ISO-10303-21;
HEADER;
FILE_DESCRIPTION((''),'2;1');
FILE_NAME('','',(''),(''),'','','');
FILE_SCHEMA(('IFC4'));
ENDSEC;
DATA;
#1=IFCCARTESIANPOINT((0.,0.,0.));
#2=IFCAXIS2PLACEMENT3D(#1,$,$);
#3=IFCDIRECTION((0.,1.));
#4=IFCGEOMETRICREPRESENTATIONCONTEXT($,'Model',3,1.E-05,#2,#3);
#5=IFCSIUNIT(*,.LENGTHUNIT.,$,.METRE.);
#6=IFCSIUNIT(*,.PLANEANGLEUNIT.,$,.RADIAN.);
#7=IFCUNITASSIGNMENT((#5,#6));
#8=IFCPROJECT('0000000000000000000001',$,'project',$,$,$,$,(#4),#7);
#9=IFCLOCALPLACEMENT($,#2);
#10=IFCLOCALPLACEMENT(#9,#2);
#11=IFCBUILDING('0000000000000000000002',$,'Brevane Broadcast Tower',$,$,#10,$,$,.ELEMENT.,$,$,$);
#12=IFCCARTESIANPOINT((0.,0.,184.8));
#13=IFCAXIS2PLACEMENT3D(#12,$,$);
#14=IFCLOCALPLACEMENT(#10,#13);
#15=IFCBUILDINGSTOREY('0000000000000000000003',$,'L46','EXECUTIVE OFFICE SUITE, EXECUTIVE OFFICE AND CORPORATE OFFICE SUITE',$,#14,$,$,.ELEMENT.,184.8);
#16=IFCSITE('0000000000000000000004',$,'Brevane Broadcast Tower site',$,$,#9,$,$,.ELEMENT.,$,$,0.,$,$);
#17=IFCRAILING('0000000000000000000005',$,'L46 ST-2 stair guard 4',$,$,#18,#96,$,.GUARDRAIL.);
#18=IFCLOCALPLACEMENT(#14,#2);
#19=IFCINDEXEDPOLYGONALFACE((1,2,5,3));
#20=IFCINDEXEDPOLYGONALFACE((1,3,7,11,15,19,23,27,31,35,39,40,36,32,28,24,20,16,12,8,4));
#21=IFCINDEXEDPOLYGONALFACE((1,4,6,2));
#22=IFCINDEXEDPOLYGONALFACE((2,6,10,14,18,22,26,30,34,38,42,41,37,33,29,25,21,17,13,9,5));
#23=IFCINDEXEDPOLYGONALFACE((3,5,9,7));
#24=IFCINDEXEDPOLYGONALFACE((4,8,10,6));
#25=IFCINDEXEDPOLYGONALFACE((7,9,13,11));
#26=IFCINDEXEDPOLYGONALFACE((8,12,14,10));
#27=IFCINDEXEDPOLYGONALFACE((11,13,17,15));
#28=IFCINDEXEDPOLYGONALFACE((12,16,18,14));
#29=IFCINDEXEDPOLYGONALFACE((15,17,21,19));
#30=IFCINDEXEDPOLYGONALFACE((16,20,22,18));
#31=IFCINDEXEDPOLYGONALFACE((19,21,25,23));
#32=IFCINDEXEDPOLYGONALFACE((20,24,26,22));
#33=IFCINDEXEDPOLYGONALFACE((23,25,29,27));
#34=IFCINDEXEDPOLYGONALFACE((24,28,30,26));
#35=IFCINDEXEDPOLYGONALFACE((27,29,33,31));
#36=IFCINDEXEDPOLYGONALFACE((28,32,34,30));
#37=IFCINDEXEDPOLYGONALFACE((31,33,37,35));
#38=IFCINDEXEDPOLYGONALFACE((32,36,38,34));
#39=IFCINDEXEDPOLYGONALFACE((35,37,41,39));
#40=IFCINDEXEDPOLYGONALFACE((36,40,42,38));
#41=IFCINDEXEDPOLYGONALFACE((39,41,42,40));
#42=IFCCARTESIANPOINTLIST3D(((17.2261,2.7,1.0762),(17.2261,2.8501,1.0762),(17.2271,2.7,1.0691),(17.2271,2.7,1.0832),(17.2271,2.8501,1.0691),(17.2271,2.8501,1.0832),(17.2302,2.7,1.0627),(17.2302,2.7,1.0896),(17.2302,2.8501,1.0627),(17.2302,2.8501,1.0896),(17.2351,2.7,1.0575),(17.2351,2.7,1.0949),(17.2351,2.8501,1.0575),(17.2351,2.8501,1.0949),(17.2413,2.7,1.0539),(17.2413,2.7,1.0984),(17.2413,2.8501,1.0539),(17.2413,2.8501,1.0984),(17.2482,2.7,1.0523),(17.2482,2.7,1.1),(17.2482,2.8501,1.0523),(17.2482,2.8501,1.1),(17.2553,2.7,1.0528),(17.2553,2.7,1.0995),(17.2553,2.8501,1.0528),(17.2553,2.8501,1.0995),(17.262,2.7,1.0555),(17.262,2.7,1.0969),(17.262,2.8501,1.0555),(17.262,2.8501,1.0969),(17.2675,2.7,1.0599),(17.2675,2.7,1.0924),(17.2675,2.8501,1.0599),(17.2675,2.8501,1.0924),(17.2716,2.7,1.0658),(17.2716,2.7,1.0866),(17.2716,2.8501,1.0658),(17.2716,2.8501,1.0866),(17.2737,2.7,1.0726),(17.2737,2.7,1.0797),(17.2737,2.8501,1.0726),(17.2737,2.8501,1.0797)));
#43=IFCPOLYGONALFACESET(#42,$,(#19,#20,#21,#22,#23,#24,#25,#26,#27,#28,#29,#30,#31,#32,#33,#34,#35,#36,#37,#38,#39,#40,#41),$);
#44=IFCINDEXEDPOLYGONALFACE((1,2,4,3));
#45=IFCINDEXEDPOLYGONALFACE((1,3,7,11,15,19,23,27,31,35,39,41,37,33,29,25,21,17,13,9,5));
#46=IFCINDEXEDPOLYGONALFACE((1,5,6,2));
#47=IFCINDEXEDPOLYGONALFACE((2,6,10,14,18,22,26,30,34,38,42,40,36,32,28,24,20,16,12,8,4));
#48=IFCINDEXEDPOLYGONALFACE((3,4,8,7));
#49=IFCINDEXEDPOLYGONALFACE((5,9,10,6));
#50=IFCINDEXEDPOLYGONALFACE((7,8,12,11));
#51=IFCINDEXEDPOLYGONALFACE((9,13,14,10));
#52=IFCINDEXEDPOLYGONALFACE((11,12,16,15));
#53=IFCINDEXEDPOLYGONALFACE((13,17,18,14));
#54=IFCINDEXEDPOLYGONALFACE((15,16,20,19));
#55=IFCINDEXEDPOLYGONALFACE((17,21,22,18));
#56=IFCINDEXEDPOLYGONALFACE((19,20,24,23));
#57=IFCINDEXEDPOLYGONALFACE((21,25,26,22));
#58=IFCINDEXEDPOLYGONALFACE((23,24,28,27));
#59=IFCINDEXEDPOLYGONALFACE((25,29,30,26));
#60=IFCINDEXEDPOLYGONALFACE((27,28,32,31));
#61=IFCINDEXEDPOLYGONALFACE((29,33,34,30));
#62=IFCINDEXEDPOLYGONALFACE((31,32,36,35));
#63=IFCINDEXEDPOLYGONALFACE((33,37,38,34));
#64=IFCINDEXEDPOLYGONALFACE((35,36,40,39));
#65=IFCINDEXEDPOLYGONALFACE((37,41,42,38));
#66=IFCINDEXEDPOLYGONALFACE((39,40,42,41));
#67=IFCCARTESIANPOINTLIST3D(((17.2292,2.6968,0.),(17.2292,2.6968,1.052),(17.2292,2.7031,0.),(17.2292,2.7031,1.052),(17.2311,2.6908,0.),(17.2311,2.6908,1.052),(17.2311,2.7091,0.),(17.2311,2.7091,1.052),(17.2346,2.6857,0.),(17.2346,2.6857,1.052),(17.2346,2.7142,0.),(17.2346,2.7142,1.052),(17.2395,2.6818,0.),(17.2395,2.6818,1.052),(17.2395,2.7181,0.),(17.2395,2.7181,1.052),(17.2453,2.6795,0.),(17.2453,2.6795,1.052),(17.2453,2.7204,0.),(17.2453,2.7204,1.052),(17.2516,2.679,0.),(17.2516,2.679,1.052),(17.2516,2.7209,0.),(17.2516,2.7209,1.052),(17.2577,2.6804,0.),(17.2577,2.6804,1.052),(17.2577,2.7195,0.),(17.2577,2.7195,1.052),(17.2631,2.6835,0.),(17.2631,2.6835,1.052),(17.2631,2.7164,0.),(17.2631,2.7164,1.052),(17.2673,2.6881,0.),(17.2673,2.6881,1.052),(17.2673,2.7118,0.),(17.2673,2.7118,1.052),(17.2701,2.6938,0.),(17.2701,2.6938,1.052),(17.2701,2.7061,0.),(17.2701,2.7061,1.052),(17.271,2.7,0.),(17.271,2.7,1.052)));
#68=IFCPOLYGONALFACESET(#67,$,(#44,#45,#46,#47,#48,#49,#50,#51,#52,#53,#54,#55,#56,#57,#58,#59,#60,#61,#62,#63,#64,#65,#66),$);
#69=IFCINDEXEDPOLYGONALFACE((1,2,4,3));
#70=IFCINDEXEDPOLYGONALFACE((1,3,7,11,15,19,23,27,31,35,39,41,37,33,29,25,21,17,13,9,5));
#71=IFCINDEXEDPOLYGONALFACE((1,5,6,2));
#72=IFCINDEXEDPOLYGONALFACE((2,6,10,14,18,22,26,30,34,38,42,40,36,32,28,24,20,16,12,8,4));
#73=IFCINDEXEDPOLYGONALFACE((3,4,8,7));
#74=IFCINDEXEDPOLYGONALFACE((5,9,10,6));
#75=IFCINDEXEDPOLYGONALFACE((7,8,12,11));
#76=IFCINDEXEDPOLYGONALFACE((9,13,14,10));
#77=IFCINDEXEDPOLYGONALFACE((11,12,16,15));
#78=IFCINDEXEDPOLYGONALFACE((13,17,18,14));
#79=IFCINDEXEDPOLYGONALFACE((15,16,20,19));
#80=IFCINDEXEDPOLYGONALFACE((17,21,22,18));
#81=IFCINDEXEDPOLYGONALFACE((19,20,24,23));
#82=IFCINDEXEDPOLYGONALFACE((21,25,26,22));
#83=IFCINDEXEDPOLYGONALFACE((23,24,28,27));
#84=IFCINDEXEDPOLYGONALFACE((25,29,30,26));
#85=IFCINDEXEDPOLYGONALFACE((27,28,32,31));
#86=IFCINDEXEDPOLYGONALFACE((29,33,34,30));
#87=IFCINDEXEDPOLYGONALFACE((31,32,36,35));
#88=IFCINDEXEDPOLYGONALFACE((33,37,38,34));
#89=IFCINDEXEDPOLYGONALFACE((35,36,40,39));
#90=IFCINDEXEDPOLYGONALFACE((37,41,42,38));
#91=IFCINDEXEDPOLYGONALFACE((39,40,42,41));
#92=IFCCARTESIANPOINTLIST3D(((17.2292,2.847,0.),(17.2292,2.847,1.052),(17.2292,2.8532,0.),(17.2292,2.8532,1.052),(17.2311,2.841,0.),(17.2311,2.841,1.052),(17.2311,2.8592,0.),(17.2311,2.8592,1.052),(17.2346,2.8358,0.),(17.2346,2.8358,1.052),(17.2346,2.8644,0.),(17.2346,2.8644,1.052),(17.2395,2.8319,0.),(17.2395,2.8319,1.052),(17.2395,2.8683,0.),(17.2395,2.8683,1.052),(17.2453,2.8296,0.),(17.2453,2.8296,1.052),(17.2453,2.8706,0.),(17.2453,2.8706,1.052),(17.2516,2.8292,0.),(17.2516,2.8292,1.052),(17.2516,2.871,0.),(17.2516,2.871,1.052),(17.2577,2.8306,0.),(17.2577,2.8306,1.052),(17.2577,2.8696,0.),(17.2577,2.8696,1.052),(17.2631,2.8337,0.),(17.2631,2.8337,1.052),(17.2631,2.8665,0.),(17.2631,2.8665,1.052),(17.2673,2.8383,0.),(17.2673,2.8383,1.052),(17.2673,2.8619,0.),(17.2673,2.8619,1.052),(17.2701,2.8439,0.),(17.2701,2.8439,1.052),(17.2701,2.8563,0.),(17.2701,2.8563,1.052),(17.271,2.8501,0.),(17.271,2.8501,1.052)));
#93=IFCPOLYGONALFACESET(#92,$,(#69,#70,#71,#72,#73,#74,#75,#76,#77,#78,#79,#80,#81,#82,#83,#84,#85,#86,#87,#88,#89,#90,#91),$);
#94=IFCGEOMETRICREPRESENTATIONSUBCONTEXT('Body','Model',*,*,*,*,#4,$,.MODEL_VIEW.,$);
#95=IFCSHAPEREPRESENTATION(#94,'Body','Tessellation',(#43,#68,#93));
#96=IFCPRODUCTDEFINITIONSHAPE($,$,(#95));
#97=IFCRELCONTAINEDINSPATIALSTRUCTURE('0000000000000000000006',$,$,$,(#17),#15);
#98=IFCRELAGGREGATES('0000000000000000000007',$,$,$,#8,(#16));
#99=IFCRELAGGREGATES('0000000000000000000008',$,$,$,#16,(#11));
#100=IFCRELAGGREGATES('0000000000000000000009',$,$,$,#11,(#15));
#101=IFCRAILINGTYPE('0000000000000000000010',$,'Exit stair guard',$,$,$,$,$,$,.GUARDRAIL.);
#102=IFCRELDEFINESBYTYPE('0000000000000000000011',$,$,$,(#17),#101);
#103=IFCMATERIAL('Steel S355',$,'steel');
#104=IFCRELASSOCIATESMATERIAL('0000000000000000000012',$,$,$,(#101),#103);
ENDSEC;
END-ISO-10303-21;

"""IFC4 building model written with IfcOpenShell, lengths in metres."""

from ifc_helpers import new_model, si_unit, direction, frame, origin, origin_2d, place, context, subcontext, project, spatial, circle, extrude, material, type_object, element, save


model = new_model("IFC4")

# Units and contexts
model_context = context("Model", 3, precision=1e-05, world=origin(), true_north=direction((0.0, 1.0)))
body_context = subcontext(model_context, "Body", "Model", "MODEL_VIEW")
ifc_project = project(units=[si_unit("LENGTHUNIT", "METRE"), si_unit("PLANEANGLEUNIT", "RADIAN")], contexts=[model_context])

# Site, building, storey
site_placement = place(None, origin())
site = spatial("IfcSite", under=ifc_project, at=site_placement, Name="Brevane Broadcast Tower site", CompositionType="ELEMENT", RefElevation=0.0)
building_placement = place(site_placement, origin())
building = spatial("IfcBuilding", under=site, at=building_placement, Name="Brevane Broadcast Tower", CompositionType="ELEMENT")
storey_placement = place(building_placement, frame((0.0, 0.0, 184.8)))
storey = spatial("IfcBuildingStorey", under=building, at=storey_placement, Name="L46", Description="EXECUTIVE OFFICE SUITE, EXECUTIVE OFFICE AND CORPORATE OFFICE SUITE", CompositionType="ELEMENT", Elevation=184.8)

# Railing
ifc_material_1 = material(Name="Steel S355", Category="steel")
railing_type_1 = type_object("IfcRailingType", Name="Exit stair guard", PredefinedType="GUARDRAIL", material=ifc_material_1)
railing_1_placement = place(storey_placement, frame((17.25, 2.7, 0.0)))
element("IfcRailing", 1, at=railing_1_placement, inside=storey, type_object=railing_type_1, Name="L46 ST-2 stair guard 4", PredefinedType="GUARDRAIL", context=body_context, shape_type="SweptSolid", body=[
    extrude(circle(Radius=0.0239, at=origin_2d()), frame((0.0, 0.0, 1.0762), z_axis=(0.0, 1.0, 0.0), x_axis=(-1.0, 0.0, 0.0)), (0.0, 0.0, 1.0), 0.1501),
    extrude(circle(Radius=0.021, at=origin_2d()), origin(), (0.0, 0.0, 1.0), 1.052),
    extrude(circle(Radius=0.021, at=origin_2d()), frame((0.0, 0.1501, 0.0)), (0.0, 0.0, 1.0), 1.052),
])

save(model, "model.ifc")
